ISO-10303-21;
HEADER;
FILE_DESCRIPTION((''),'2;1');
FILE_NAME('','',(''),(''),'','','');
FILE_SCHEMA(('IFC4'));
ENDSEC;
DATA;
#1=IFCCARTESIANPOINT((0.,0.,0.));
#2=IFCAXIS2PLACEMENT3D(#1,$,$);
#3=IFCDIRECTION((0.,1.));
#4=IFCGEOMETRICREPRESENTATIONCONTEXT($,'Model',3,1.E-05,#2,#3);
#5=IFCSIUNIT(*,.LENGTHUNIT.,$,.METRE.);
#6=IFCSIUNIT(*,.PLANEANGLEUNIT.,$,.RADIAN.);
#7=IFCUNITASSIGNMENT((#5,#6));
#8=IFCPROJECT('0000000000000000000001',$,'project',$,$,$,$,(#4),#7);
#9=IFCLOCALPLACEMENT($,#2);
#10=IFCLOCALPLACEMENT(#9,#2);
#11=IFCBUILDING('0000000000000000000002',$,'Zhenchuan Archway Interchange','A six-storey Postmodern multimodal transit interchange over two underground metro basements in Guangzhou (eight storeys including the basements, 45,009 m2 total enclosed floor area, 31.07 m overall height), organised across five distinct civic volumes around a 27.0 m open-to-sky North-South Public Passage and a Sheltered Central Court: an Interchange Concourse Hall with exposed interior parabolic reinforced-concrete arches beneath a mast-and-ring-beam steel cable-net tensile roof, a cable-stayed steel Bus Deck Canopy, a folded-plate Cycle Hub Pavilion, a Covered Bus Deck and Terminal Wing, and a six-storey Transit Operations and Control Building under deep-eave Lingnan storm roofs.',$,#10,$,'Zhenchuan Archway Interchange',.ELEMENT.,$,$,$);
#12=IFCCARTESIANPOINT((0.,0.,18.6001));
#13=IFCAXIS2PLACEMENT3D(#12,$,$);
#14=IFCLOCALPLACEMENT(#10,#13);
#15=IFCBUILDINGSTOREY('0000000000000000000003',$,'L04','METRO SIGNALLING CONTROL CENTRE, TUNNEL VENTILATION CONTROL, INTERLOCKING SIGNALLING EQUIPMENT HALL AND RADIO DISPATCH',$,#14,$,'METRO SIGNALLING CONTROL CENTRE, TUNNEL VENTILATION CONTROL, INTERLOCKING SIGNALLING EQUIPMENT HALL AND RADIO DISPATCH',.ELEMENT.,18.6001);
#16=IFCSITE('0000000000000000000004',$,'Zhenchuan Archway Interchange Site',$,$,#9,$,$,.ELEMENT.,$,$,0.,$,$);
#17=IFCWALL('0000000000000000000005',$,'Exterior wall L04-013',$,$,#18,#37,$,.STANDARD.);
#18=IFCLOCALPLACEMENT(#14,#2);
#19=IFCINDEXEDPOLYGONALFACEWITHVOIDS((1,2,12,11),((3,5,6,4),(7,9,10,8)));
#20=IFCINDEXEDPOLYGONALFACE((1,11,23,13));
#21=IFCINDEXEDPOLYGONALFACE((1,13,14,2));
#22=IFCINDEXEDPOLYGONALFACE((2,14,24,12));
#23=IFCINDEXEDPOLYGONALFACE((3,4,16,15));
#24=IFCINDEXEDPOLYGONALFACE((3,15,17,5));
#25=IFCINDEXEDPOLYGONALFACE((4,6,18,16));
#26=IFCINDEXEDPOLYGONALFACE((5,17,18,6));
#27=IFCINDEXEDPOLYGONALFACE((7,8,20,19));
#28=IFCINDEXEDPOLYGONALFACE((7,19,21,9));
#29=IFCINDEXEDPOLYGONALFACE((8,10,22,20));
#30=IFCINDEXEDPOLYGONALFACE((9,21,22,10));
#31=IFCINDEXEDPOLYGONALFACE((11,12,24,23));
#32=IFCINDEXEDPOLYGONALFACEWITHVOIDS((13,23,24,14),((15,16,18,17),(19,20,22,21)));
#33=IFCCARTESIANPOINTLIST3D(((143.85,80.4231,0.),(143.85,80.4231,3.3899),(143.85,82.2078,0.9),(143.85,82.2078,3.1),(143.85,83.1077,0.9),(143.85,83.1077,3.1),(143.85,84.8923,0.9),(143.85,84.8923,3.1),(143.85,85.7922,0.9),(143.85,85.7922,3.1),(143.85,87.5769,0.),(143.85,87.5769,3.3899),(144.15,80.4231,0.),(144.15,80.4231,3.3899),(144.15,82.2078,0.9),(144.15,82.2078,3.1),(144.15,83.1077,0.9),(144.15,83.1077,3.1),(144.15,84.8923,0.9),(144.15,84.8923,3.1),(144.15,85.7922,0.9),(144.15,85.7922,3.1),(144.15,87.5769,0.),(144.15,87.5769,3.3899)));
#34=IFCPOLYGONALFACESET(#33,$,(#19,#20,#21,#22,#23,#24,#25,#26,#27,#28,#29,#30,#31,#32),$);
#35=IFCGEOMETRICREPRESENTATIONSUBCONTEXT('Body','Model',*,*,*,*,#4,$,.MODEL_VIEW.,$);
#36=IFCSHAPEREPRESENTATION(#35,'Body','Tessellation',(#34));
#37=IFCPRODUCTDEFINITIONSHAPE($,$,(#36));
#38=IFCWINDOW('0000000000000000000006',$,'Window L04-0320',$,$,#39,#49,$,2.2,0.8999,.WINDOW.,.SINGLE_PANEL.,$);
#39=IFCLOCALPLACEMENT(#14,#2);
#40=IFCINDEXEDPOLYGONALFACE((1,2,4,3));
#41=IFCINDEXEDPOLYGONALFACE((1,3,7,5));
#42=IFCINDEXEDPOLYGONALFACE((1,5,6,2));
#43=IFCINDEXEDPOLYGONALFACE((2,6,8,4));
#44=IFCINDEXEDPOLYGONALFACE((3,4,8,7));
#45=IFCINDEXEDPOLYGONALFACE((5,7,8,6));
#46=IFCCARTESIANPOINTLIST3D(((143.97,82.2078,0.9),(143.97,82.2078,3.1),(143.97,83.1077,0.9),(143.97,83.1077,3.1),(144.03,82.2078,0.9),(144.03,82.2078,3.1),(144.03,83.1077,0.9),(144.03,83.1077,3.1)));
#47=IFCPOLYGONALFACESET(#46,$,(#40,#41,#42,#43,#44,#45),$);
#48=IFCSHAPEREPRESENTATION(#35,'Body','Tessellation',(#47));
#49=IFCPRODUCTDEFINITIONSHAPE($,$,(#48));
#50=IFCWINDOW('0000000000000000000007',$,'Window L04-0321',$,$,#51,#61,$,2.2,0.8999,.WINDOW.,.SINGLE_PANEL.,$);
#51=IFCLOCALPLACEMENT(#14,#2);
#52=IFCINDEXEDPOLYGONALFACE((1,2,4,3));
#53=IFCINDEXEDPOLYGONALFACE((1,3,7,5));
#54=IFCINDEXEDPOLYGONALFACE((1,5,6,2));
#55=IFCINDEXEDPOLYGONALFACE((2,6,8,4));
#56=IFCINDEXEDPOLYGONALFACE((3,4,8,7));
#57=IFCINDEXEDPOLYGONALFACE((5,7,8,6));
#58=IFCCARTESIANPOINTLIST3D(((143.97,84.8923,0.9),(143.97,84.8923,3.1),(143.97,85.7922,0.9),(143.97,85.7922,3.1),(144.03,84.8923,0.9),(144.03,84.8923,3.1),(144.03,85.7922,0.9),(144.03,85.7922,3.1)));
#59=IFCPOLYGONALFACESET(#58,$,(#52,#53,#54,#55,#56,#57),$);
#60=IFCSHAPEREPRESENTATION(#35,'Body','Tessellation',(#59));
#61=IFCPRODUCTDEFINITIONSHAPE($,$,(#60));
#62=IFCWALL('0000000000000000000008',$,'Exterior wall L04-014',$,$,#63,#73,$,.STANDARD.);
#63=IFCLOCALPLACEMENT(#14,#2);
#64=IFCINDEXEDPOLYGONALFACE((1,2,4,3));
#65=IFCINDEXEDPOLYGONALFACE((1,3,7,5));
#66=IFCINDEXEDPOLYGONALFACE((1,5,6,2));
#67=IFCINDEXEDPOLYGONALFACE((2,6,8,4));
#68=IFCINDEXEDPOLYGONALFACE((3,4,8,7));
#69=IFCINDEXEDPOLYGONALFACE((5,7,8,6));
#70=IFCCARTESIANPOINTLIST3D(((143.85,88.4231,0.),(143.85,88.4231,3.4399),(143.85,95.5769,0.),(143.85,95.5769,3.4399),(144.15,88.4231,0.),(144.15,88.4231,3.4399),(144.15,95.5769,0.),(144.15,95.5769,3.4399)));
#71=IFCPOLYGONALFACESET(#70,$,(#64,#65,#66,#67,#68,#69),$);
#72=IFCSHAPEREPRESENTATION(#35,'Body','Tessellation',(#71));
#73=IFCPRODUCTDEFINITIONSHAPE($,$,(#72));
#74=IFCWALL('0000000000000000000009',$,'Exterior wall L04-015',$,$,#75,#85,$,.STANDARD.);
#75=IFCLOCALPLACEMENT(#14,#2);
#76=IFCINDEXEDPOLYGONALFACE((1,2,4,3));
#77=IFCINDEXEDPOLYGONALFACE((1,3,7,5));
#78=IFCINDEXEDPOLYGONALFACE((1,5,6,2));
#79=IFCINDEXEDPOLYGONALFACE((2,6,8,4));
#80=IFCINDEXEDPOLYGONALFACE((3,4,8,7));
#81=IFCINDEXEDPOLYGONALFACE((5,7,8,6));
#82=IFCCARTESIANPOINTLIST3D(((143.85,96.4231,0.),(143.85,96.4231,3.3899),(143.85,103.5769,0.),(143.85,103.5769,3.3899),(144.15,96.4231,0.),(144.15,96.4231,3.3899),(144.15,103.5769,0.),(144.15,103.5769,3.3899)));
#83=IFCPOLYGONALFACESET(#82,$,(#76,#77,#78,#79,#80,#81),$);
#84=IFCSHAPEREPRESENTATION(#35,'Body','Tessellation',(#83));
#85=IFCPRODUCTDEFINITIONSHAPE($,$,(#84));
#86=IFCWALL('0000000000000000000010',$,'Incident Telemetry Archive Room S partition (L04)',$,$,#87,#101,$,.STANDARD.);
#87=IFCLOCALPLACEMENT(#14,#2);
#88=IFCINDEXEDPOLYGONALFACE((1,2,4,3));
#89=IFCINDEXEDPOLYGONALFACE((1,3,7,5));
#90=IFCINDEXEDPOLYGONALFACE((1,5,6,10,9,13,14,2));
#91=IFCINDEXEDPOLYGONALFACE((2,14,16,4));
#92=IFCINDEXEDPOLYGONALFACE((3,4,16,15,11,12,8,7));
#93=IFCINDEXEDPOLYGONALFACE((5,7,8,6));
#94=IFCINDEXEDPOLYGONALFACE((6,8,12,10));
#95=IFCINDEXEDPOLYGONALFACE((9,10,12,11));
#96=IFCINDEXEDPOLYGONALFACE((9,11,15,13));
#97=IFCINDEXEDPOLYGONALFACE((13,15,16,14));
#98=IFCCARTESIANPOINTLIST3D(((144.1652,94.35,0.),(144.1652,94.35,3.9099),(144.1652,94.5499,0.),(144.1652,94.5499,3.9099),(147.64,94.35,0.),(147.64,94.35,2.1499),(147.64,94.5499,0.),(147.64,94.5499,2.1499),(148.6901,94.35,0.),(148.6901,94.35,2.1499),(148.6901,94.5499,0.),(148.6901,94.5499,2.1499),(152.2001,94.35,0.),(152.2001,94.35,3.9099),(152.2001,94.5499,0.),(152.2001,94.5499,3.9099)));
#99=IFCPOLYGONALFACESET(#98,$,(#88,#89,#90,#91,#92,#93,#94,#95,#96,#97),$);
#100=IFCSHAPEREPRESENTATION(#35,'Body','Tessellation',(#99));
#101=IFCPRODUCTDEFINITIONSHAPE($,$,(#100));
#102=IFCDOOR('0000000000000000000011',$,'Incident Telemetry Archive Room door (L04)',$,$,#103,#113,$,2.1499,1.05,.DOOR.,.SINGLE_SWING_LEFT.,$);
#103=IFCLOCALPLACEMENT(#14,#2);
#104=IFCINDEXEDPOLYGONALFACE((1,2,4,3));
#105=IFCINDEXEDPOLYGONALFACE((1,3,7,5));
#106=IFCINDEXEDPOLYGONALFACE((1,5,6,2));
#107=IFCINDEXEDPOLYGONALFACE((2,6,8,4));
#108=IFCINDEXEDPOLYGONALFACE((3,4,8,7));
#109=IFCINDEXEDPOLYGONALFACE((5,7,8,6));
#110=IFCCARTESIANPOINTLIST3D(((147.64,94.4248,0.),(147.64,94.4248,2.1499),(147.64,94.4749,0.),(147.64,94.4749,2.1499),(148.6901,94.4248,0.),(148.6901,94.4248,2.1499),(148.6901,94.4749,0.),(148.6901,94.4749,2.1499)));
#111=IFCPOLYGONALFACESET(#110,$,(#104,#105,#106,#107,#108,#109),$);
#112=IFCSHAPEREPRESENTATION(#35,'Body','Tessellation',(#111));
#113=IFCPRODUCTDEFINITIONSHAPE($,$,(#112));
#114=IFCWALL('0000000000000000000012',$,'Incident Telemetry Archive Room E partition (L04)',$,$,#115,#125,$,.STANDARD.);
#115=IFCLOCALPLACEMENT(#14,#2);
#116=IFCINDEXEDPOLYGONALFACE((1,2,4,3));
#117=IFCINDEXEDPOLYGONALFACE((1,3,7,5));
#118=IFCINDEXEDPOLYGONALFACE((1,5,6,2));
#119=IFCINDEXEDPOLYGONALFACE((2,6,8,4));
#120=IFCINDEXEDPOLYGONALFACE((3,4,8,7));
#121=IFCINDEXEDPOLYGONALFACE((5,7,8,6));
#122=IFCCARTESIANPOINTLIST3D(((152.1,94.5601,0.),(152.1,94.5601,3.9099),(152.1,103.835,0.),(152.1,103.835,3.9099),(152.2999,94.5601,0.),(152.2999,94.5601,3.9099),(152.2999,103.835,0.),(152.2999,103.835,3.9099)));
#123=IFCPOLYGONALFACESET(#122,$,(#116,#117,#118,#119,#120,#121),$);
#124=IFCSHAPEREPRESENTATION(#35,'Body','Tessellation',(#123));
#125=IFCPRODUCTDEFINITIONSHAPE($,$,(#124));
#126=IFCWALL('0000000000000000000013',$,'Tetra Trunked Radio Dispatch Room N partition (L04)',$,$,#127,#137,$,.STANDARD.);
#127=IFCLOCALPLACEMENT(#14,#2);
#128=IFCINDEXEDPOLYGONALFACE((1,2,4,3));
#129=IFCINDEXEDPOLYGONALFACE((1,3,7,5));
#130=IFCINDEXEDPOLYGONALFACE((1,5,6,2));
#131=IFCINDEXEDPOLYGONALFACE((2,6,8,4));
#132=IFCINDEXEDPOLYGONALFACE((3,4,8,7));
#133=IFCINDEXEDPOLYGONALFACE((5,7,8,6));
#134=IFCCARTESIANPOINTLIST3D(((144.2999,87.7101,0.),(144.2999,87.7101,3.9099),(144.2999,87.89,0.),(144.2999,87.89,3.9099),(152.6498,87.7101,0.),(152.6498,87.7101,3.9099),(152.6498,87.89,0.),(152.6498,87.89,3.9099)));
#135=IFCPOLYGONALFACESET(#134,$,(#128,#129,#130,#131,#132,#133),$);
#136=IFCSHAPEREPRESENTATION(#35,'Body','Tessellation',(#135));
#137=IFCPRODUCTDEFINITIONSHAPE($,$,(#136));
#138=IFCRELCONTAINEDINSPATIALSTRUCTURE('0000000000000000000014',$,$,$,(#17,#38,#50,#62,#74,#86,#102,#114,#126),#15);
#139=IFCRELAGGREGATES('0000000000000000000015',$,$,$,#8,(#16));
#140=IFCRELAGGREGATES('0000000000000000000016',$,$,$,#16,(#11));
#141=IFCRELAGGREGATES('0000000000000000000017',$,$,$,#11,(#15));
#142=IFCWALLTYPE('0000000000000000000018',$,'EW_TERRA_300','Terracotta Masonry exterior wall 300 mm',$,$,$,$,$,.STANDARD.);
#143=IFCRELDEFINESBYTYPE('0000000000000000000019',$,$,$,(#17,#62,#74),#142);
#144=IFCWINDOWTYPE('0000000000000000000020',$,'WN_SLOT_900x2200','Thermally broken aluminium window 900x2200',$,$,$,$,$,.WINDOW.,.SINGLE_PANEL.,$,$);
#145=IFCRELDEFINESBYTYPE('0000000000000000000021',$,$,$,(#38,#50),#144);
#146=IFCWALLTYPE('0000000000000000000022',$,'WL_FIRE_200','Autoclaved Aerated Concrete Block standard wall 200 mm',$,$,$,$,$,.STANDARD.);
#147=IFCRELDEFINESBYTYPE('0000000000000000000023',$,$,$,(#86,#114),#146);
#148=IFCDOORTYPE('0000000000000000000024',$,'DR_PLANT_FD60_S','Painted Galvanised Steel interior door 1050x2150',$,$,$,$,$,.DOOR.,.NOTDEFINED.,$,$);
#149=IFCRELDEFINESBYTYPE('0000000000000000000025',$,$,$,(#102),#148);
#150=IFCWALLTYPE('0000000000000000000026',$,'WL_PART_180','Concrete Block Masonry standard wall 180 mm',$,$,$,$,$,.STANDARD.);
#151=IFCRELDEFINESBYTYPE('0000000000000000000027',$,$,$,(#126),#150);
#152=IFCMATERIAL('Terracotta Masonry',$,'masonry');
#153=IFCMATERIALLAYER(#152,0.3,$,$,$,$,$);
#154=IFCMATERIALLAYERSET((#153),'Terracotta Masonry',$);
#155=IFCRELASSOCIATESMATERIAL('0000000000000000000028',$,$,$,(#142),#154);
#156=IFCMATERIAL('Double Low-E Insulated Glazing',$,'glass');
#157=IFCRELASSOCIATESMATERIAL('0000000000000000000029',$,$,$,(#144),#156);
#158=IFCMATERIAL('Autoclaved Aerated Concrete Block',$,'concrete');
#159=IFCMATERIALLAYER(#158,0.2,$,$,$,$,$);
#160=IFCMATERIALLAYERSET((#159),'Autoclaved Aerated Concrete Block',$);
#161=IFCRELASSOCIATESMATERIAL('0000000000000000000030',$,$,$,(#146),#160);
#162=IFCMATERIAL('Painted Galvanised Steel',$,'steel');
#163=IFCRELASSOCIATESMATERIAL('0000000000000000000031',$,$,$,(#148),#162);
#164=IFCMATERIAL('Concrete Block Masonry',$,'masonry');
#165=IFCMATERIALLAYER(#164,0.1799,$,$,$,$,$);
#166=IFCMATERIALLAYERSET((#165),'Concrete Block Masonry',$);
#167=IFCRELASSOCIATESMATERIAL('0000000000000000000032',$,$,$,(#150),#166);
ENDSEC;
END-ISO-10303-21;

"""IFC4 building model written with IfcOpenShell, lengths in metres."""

from ifc_helpers import new_model, si_unit, direction, frame, frame_2d, origin, place, context, subcontext, project, spatial, rectangle, extrude, material, layer, layer_set, type_object, element, fill, save


model = new_model("IFC4")

# Units and contexts
model_context = context("Model", 3, precision=1e-05, world=origin(), true_north=direction((0.0, 1.0)))
body_context = subcontext(model_context, "Body", "Model", "MODEL_VIEW")
ifc_project = project(units=[si_unit("LENGTHUNIT", "METRE"), si_unit("PLANEANGLEUNIT", "RADIAN")], contexts=[model_context])

# Site, building, storey
site_placement = place(None, origin())
site = spatial("IfcSite", under=ifc_project, at=site_placement, Name="Zhenchuan Archway Interchange Site", CompositionType="ELEMENT", RefElevation=0.0)
building_placement = place(site_placement, origin())
building = spatial("IfcBuilding", under=site, at=building_placement, Name="Zhenchuan Archway Interchange", Description="A six-storey Postmodern multimodal transit interchange over two underground metro basements in Guangzhou (eight storeys including the basements, 45,009 m2 total enclosed floor area, 31.07 m overall height), organised across five distinct civic volumes around a 27.0 m open-to-sky North-South Public Passage and a Sheltered Central Court: an Interchange Concourse Hall with exposed interior parabolic reinforced-concrete arches beneath a mast-and-ring-beam steel cable-net tensile roof, a cable-stayed steel Bus Deck Canopy, a folded-plate Cycle Hub Pavilion, a Covered Bus Deck and Terminal Wing, and a six-storey Transit Operations and Control Building under deep-eave Lingnan storm roofs.", LongName="Zhenchuan Archway Interchange", CompositionType="ELEMENT")
storey_placement = place(building_placement, frame((0.0, 0.0, 18.6001)))
storey = spatial("IfcBuildingStorey", under=building, at=storey_placement, Name="L04", Description="METRO SIGNALLING CONTROL CENTRE, TUNNEL VENTILATION CONTROL, INTERLOCKING SIGNALLING EQUIPMENT HALL AND RADIO DISPATCH", LongName="METRO SIGNALLING CONTROL CENTRE, TUNNEL VENTILATION CONTROL, INTERLOCKING SIGNALLING EQUIPMENT HALL AND RADIO DISPATCH", CompositionType="ELEMENT", Elevation=18.6001)

# Shared definitions
ifc_material_1 = material(Name="Double Low-E Insulated Glazing", Category="glass")

# Wall, openings, windows
ifc_material_2 = material(Name="Terracotta Masonry", Category="masonry")
ifc_layer_1 = layer(ifc_material_2, 0.3)
ifc_layer_set_1 = layer_set([ifc_layer_1], Name="Terracotta Masonry")
wall_type_1 = type_object("IfcWallType", Name="EW_TERRA_300", Description="Terracotta Masonry exterior wall 300 mm", PredefinedType="STANDARD", material=ifc_layer_set_1)
wall_1_placement = place(storey_placement, frame((144.0, 80.4231, 0.0), z_axis=(0.0, 0.0, 1.0), x_axis=(0.0, 1.0, 0.0)))
wall_1 = element("IfcWall", 1, at=wall_1_placement, inside=storey, type_object=wall_type_1, Name="Exterior wall L04-013", PredefinedType="STANDARD", context=body_context, shape_type="SweptSolid", body=[
    extrude(rectangle(XDim=7.1538, YDim=0.3, at=frame_2d((3.5769, 0.0))), origin(), (0.0, 0.0, 1.0), 3.3899),
])
opening_1_placement = place(wall_1_placement, frame((1.7847, 0.0, 0.8999)))
opening_1 = element("IfcOpeningElement", 2, at=opening_1_placement, cuts=wall_1, PredefinedType="OPENING", context=body_context, shape_type="SweptSolid", body=[
    extrude(rectangle(XDim=0.8999, YDim=2.2, at=frame_2d((0.45, 1.1001))), frame((0.0, 0.1621, 0.0), z_axis=(0.0, -1.0, 0.0), x_axis=(1.0, 0.0, 0.0)), (0.0, 0.0, 1.0), 0.324),
])
opening_2_placement = place(wall_1_placement, frame((4.4692, 0.0, 0.8999)))
opening_2 = element("IfcOpeningElement", 3, at=opening_2_placement, cuts=wall_1, PredefinedType="OPENING", context=body_context, shape_type="SweptSolid", body=[
    extrude(rectangle(XDim=0.8999, YDim=2.2, at=frame_2d((0.45, 1.1001))), frame((0.0, 0.1621, 0.0), z_axis=(0.0, -1.0, 0.0), x_axis=(1.0, 0.0, 0.0)), (0.0, 0.0, 1.0), 0.324),
])
window_type = type_object("IfcWindowType", Name="WN_SLOT_900x2200", Description="Thermally broken aluminium window 900x2200", PartitioningType="SINGLE_PANEL", PredefinedType="WINDOW", material=ifc_material_1)
window_1_placement = place(opening_1_placement, origin())
window_1 = element("IfcWindow", 4, at=window_1_placement, inside=storey, type_object=window_type, Name="Window L04-0320", OverallHeight=2.2, OverallWidth=0.8999, PartitioningType="SINGLE_PANEL", PredefinedType="WINDOW", context=body_context, shape_type="SweptSolid", body=[
    extrude(rectangle(XDim=0.8999, YDim=2.2, at=frame_2d((0.45, 1.1001))), frame((0.0, 0.03, 0.0), z_axis=(0.0, -1.0, 0.0), x_axis=(1.0, 0.0, 0.0)), (0.0, 0.0, 1.0), 0.0601),
])
fill(opening_1, window_1)
window_2_placement = place(opening_2_placement, origin())
window_2 = element("IfcWindow", 5, at=window_2_placement, inside=storey, type_object=window_type, Name="Window L04-0321", OverallHeight=2.2, OverallWidth=0.8999, PartitioningType="SINGLE_PANEL", PredefinedType="WINDOW", context=body_context, shape_type="SweptSolid", body=[
    extrude(rectangle(XDim=0.8999, YDim=2.2, at=frame_2d((0.45, 1.1001))), frame((0.0, 0.03, 0.0), z_axis=(0.0, -1.0, 0.0), x_axis=(1.0, 0.0, 0.0)), (0.0, 0.0, 1.0), 0.0601),
])
fill(opening_2, window_2)

# Walls
wall_2_placement = place(storey_placement, frame((144.0, 88.4231, 0.0), z_axis=(0.0, 0.0, 1.0), x_axis=(0.0, 1.0, 0.0)))
element("IfcWall", 6, at=wall_2_placement, inside=storey, type_object=wall_type_1, Name="Exterior wall L04-014", PredefinedType="STANDARD", context=body_context, shape_type="SweptSolid", body=[
    extrude(rectangle(XDim=7.1538, YDim=0.3, at=frame_2d((3.5769, 0.0))), origin(), (0.0, 0.0, 1.0), 3.4399),
])
wall_3_placement = place(storey_placement, frame((144.0, 96.4231, 0.0), z_axis=(0.0, 0.0, 1.0), x_axis=(0.0, 1.0, 0.0)))
element("IfcWall", 7, at=wall_3_placement, inside=storey, type_object=wall_type_1, Name="Exterior wall L04-015", PredefinedType="STANDARD", context=body_context, shape_type="SweptSolid", body=[
    extrude(rectangle(XDim=7.1538, YDim=0.3, at=frame_2d((3.5769, 0.0))), origin(), (0.0, 0.0, 1.0), 3.3899),
])

# Wall, opening, door
ifc_material_3 = material(Name="Autoclaved Aerated Concrete Block", Category="concrete")
ifc_layer_2 = layer(ifc_material_3, 0.2)
ifc_layer_set_2 = layer_set([ifc_layer_2], Name="Autoclaved Aerated Concrete Block")
wall_type_2 = type_object("IfcWallType", Name="WL_FIRE_200", Description="Autoclaved Aerated Concrete Block standard wall 200 mm", PredefinedType="STANDARD", material=ifc_layer_set_2)
wall_4_placement = place(storey_placement, frame((144.165, 94.45, 0.0), z_axis=(0.0, 0.0, 1.0), x_axis=(1.0, 0.0, 0.0)))
wall_4 = element("IfcWall", 8, at=wall_4_placement, inside=storey, type_object=wall_type_2, Name="Incident Telemetry Archive Room S partition (L04)", PredefinedType="STANDARD", context=body_context, shape_type="SweptSolid", body=[
    extrude(rectangle(XDim=8.0349, YDim=0.2, at=frame_2d((4.0176, 0.0))), origin(), (0.0, 0.0, 1.0), 3.9099),
])
opening_3_placement = place(wall_4_placement, frame((3.4751, 0.0, 0.0)))
opening_3 = element("IfcOpeningElement", 9, at=opening_3_placement, cuts=wall_4, PredefinedType="OPENING", context=body_context, shape_type="SweptSolid", body=[
    extrude(rectangle(XDim=1.05, YDim=2.1499, at=frame_2d((0.5249, 1.075))), frame((0.0, 0.1118, 0.0), z_axis=(0.0, -1.0, 0.0), x_axis=(1.0, 0.0, 0.0)), (0.0, 0.0, 1.0), 0.2239),
])
ifc_material_4 = material(Name="Painted Galvanised Steel", Category="steel")
door_type = type_object("IfcDoorType", Name="DR_PLANT_FD60_S", Description="Painted Galvanised Steel interior door 1050x2150", OperationType="NOTDEFINED", PredefinedType="DOOR", material=ifc_material_4)
door_placement = place(opening_3_placement, origin())
door = element("IfcDoor", 10, at=door_placement, inside=storey, type_object=door_type, Name="Incident Telemetry Archive Room door (L04)", OperationType="SINGLE_SWING_LEFT", OverallHeight=2.1499, OverallWidth=1.05, PredefinedType="DOOR", context=body_context, shape_type="SweptSolid", body=[
    extrude(rectangle(XDim=1.05, YDim=2.1499, at=frame_2d((0.5249, 1.075))), frame((0.0, 0.0249, 0.0), z_axis=(0.0, -1.0, 0.0), x_axis=(1.0, 0.0, 0.0)), (0.0, 0.0, 1.0), 0.05),
])
fill(opening_3, door)

# Walls
wall_5_placement = place(storey_placement, frame((152.2, 94.5601, 0.0), z_axis=(0.0, 0.0, 1.0), x_axis=(0.0, 1.0, 0.0)))
element("IfcWall", 11, at=wall_5_placement, inside=storey, type_object=wall_type_2, Name="Incident Telemetry Archive Room E partition (L04)", PredefinedType="STANDARD", context=body_context, shape_type="SweptSolid", body=[
    extrude(rectangle(XDim=9.2749, YDim=0.2, at=frame_2d((4.6375, 0.0))), origin(), (0.0, 0.0, 1.0), 3.9099),
])
ifc_material_5 = material(Name="Concrete Block Masonry", Category="masonry")
ifc_layer_3 = layer(ifc_material_5, 0.1799)
ifc_layer_set_3 = layer_set([ifc_layer_3], Name="Concrete Block Masonry")
wall_type_3 = type_object("IfcWallType", Name="WL_PART_180", Description="Concrete Block Masonry standard wall 180 mm", PredefinedType="STANDARD", material=ifc_layer_set_3)
wall_6_placement = place(storey_placement, frame((144.3, 87.8, 0.0), z_axis=(0.0, 0.0, 1.0), x_axis=(1.0, 0.0, 0.0)))
element("IfcWall", 12, at=wall_6_placement, inside=storey, type_object=wall_type_3, Name="Tetra Trunked Radio Dispatch Room N partition (L04)", PredefinedType="STANDARD", context=body_context, shape_type="SweptSolid", body=[
    extrude(rectangle(XDim=8.3499, YDim=0.1799, at=frame_2d((4.1748, 0.0))), origin(), (0.0, 0.0, 1.0), 3.9099),
])

save(model, "model.ifc")
